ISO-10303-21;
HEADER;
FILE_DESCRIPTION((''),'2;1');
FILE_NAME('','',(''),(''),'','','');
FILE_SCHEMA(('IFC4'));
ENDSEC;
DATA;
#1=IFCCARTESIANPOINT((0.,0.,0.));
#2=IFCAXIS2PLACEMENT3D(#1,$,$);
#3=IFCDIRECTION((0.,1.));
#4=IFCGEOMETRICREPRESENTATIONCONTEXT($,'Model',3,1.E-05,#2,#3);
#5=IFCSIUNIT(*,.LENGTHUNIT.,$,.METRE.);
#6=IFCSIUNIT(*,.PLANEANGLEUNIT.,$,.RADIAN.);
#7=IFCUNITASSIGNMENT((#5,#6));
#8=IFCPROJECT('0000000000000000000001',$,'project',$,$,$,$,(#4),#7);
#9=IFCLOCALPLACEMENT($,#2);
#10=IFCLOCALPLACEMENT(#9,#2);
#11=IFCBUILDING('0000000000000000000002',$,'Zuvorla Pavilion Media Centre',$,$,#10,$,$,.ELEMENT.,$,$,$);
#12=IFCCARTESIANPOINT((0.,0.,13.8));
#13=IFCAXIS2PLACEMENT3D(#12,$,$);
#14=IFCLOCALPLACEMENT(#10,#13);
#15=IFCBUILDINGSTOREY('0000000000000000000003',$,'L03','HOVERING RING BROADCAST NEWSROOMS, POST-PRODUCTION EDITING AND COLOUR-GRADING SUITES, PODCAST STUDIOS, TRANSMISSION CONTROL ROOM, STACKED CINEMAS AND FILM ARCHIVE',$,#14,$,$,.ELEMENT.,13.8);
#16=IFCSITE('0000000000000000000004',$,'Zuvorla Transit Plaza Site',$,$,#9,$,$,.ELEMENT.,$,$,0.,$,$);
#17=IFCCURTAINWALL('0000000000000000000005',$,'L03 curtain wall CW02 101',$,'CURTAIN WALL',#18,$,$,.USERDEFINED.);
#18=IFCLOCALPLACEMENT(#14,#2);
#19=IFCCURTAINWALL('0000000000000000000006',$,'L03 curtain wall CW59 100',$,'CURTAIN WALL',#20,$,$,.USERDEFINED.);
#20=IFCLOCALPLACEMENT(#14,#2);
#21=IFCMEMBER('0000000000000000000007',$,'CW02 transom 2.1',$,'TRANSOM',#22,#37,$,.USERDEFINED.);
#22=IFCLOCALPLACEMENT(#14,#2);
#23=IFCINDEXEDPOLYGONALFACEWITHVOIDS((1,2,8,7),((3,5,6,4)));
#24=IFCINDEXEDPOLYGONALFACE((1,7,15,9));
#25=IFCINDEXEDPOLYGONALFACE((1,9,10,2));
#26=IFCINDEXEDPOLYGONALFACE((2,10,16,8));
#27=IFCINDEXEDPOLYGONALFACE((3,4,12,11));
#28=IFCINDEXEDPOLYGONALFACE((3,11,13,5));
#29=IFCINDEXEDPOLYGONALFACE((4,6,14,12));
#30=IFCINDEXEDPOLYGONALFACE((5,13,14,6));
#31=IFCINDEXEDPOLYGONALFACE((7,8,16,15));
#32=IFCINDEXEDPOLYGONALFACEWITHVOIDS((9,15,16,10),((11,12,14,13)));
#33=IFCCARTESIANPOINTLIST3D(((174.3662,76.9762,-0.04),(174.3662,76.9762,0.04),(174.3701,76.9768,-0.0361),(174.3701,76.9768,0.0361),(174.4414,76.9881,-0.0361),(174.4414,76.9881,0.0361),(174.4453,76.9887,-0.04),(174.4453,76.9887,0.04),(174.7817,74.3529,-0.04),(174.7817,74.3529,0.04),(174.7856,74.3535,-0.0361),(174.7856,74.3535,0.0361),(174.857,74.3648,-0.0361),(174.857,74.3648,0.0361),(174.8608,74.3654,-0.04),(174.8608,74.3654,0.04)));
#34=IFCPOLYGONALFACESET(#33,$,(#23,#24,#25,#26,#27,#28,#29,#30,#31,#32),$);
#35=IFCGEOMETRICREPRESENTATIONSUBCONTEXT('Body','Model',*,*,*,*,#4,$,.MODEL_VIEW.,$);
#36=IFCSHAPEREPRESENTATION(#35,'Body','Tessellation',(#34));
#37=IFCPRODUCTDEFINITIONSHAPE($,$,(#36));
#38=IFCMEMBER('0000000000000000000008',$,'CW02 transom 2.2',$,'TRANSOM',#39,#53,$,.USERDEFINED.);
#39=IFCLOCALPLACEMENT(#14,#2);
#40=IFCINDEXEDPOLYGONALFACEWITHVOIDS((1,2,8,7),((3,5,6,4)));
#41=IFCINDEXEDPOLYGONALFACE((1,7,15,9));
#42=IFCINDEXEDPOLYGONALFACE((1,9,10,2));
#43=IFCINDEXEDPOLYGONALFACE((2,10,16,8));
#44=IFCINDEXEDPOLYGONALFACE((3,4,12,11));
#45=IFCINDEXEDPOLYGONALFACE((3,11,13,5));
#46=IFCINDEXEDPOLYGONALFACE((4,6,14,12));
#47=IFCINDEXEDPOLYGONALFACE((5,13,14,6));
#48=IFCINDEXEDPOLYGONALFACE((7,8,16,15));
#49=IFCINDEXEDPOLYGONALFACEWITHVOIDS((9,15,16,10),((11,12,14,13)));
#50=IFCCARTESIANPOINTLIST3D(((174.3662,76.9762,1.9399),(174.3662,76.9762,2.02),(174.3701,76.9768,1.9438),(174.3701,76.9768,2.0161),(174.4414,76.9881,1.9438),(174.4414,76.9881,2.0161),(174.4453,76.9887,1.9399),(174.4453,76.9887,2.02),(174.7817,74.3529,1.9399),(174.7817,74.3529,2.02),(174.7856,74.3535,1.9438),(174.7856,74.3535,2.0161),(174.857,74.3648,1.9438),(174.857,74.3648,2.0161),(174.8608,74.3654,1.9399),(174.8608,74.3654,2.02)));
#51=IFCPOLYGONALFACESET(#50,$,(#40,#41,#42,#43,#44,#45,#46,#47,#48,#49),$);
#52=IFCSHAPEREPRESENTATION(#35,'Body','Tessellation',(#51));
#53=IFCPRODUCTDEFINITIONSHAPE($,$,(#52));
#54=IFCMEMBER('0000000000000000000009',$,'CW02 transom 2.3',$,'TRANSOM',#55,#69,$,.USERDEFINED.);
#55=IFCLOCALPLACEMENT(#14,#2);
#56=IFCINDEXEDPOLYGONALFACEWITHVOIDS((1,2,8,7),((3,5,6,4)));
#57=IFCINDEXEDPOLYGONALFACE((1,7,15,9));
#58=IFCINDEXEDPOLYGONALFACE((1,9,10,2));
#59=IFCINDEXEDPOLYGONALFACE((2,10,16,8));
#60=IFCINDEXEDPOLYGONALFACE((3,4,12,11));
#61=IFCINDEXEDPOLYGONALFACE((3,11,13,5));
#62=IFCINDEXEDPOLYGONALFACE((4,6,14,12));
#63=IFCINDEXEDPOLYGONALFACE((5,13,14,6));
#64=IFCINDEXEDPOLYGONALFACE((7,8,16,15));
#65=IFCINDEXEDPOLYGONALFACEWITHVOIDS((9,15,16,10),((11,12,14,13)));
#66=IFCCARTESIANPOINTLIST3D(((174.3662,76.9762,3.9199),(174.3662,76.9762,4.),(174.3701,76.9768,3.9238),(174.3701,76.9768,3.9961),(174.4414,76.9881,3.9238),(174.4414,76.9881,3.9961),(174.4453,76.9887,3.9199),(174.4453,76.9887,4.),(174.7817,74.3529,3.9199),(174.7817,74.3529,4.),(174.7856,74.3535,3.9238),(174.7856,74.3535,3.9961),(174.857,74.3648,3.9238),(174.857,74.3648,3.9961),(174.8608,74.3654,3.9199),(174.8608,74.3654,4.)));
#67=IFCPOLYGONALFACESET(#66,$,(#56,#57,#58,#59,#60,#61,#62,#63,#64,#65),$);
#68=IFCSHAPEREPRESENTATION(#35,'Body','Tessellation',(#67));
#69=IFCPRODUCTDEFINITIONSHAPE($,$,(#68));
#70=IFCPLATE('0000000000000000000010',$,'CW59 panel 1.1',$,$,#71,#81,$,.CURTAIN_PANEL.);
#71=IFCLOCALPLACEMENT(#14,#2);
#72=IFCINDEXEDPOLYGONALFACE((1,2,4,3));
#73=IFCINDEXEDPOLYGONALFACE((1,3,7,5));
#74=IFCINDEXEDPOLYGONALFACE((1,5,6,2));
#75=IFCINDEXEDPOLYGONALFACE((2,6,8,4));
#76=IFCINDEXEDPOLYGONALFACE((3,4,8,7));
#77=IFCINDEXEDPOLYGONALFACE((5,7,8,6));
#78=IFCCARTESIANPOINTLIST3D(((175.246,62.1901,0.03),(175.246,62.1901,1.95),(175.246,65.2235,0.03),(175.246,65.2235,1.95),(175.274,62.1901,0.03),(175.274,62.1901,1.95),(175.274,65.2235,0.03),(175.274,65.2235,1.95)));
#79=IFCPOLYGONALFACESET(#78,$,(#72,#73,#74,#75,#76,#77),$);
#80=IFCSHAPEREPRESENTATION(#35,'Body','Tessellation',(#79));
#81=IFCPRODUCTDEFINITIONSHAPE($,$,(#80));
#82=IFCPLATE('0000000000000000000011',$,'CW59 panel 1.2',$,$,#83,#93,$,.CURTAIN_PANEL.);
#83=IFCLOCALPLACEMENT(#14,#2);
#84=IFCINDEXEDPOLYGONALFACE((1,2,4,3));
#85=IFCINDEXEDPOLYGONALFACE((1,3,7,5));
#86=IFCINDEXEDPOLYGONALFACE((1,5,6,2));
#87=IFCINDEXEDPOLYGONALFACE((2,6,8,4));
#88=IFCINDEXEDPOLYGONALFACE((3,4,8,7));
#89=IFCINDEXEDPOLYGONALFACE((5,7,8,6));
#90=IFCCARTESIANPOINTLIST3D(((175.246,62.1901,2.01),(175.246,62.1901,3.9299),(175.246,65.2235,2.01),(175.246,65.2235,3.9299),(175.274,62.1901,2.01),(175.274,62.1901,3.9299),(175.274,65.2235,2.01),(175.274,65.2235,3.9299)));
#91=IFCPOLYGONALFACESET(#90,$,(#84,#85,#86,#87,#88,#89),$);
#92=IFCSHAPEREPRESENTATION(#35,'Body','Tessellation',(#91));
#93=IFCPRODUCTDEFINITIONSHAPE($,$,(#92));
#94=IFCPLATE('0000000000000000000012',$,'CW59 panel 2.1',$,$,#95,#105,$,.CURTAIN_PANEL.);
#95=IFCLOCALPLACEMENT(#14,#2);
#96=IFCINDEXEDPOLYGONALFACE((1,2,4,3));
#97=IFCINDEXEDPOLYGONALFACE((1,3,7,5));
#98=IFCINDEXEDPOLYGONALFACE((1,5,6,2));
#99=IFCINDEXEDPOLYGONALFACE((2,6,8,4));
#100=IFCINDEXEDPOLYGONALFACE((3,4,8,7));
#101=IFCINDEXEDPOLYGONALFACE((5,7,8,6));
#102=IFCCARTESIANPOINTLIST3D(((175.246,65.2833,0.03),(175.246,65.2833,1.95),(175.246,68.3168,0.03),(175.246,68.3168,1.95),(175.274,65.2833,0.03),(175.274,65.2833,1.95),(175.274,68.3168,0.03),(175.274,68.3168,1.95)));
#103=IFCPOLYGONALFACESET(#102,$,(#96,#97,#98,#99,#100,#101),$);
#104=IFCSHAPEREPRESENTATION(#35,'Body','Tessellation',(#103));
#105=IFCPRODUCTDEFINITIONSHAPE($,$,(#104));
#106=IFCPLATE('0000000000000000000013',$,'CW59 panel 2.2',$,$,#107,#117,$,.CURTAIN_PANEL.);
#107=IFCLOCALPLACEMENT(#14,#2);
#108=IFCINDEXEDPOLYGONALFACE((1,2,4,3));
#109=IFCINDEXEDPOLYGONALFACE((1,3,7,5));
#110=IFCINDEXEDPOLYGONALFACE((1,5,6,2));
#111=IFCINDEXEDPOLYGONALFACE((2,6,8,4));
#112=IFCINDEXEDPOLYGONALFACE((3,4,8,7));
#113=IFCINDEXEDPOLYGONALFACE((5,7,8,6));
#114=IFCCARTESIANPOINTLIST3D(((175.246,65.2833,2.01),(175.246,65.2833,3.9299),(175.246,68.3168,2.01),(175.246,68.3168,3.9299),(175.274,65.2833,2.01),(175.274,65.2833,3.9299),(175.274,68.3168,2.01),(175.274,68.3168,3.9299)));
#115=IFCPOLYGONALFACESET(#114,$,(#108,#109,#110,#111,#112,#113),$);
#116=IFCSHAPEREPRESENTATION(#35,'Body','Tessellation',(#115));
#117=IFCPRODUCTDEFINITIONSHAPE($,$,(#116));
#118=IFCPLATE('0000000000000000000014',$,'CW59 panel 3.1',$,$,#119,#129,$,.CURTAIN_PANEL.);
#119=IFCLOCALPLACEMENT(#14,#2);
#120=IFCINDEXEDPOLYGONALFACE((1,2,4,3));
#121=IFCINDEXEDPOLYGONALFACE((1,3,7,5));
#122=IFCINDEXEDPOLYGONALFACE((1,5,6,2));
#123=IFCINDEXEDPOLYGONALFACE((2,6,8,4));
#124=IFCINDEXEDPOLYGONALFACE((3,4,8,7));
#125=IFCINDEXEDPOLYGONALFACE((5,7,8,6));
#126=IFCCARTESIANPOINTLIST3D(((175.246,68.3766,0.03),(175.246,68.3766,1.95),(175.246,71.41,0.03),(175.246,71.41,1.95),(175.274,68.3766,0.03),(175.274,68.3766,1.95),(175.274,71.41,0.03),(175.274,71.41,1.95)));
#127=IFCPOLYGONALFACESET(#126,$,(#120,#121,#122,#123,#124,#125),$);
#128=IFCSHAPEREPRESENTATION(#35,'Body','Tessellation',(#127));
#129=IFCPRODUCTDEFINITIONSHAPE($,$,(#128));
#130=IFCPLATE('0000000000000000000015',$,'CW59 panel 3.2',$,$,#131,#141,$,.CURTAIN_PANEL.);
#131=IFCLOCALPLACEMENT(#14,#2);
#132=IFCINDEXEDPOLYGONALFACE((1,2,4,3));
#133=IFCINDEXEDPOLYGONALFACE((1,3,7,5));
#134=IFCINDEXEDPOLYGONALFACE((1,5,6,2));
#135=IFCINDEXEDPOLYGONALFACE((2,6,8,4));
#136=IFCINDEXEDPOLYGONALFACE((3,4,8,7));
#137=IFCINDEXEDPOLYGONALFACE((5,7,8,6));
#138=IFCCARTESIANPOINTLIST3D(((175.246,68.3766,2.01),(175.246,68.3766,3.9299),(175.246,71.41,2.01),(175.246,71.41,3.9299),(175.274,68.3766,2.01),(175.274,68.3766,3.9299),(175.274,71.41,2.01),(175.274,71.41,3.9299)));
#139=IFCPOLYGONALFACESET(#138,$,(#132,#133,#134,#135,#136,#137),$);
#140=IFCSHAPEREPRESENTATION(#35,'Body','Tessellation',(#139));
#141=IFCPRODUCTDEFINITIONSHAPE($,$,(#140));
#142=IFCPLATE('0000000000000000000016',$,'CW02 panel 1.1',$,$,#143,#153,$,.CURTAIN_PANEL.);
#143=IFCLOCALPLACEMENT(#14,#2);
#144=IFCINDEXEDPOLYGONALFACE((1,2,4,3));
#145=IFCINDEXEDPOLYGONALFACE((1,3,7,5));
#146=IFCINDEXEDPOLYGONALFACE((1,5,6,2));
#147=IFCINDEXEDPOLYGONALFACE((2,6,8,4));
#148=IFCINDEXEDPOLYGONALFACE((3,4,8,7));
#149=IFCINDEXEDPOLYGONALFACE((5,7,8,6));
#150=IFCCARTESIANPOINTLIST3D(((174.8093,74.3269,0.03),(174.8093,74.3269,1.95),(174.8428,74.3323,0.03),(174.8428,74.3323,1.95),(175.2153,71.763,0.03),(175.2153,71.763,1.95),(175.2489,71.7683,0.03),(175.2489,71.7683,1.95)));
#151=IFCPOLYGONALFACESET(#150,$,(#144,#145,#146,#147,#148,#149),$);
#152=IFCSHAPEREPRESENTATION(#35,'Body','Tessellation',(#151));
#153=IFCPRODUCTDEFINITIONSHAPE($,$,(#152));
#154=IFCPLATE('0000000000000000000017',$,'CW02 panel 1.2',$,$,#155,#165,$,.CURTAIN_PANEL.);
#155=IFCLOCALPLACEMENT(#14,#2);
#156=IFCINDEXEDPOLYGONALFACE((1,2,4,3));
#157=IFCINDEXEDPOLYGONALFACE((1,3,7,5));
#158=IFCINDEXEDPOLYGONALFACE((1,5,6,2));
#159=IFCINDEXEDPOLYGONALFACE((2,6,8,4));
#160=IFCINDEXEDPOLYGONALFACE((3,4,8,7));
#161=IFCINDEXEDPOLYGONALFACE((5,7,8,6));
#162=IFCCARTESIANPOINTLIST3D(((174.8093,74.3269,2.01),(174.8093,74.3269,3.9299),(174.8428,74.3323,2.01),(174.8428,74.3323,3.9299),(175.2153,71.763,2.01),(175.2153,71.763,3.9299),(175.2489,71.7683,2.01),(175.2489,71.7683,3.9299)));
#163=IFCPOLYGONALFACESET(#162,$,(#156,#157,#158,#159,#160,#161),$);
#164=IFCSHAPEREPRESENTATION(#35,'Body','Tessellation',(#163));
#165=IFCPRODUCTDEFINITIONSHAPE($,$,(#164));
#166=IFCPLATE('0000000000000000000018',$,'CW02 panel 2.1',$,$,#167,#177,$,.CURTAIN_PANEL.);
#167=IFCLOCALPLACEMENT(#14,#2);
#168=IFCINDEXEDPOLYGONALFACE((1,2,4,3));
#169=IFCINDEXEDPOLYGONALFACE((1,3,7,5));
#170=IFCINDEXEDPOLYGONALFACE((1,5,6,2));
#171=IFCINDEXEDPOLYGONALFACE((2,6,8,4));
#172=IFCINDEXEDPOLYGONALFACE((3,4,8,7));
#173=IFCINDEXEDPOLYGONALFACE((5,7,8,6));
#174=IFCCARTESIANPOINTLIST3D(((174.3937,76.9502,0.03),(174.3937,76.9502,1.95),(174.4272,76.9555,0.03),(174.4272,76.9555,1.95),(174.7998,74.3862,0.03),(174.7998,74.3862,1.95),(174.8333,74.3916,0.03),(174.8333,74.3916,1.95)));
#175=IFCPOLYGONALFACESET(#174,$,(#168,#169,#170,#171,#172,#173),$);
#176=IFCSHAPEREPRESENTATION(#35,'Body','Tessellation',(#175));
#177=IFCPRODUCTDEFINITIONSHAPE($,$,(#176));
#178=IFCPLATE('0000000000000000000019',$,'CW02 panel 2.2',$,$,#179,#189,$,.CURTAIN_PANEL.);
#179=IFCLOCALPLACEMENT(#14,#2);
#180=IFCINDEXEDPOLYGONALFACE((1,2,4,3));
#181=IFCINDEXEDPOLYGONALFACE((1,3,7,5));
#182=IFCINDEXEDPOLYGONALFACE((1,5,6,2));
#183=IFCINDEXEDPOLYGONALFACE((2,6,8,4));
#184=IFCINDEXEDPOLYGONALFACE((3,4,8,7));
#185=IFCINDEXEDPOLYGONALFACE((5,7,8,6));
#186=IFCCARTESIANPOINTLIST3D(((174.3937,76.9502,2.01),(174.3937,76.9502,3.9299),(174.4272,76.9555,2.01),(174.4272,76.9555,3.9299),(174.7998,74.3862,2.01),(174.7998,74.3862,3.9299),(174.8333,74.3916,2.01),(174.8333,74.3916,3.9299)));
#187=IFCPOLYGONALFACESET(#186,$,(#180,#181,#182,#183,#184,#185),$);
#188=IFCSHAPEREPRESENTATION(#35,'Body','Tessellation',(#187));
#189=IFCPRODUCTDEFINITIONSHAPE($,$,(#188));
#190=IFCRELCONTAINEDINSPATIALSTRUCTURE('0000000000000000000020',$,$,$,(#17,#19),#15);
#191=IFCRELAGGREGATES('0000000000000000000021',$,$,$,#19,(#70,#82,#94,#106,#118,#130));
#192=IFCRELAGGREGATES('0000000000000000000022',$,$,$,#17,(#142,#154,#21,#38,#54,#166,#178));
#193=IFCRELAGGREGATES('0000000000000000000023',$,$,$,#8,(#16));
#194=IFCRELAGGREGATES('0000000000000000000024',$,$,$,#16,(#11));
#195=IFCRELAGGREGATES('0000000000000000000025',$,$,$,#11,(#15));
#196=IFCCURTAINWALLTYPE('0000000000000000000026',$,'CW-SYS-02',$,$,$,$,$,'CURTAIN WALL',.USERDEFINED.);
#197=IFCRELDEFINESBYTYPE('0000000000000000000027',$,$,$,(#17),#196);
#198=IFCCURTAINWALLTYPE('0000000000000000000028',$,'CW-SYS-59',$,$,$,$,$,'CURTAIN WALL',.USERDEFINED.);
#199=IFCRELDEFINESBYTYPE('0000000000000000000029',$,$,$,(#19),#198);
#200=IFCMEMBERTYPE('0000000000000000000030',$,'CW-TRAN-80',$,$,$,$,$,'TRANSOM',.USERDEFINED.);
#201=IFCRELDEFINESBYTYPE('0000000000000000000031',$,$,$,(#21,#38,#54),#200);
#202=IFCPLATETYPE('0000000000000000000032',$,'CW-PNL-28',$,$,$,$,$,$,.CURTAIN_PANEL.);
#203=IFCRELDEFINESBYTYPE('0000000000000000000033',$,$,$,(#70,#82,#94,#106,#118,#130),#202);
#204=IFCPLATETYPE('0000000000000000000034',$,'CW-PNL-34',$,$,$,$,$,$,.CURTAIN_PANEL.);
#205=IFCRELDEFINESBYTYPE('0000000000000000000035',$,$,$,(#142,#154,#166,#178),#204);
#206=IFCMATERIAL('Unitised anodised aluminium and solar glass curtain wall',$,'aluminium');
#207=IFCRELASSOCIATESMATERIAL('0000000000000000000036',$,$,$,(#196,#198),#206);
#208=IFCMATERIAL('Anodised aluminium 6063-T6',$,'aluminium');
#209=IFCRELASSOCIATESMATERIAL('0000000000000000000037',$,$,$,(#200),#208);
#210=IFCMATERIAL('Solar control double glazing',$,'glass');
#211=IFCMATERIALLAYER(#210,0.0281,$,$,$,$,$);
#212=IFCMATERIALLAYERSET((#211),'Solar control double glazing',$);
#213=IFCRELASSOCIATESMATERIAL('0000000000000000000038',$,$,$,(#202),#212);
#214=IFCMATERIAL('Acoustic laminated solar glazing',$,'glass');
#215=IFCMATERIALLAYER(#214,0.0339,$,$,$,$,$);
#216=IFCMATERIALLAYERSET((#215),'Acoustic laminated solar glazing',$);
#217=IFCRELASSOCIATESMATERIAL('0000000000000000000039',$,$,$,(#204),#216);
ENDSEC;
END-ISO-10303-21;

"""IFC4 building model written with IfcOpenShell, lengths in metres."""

from ifc_helpers import new_model, si_unit, direction, frame, origin, origin_2d, place, context, subcontext, project, spatial, rectangle, hollow_rectangle, extrude, material, layer, layer_set, material_profile, profile_set, type_object, element, aggregate, save


model = new_model("IFC4")

# Units and contexts
model_context = context("Model", 3, precision=1e-05, world=origin(), true_north=direction((0.0, 1.0)))
body_context = subcontext(model_context, "Body", "Model", "MODEL_VIEW")
ifc_project = project(units=[si_unit("LENGTHUNIT", "METRE"), si_unit("PLANEANGLEUNIT", "RADIAN")], contexts=[model_context])

# Site, building, storey
site_placement = place(None, origin())
site = spatial("IfcSite", under=ifc_project, at=site_placement, Name="Zuvorla Transit Plaza Site", CompositionType="ELEMENT", RefElevation=0.0)
building_placement = place(site_placement, origin())
building = spatial("IfcBuilding", under=site, at=building_placement, Name="Zuvorla Pavilion Media Centre", CompositionType="ELEMENT")
storey_placement = place(building_placement, frame((0.0, 0.0, 13.8)))
storey = spatial("IfcBuildingStorey", under=building, at=storey_placement, Name="L03", Description="HOVERING RING BROADCAST NEWSROOMS, POST-PRODUCTION EDITING AND COLOUR-GRADING SUITES, PODCAST STUDIOS, TRANSMISSION CONTROL ROOM, STACKED CINEMAS AND FILM ARCHIVE", CompositionType="ELEMENT", Elevation=13.8)

# Shared definitions
ifc_material_1 = material(Name="Unitised anodised aluminium and solar glass curtain wall", Category="aluminium")
ifc_material_2 = material(Name="Anodised aluminium 6063-T6", Category="aluminium")

# Curtain walls
curtain_wall_type_1 = type_object("IfcCurtainWallType", Name="CW-SYS-02", ElementType="CURTAIN WALL", PredefinedType="USERDEFINED", material=ifc_material_1)
curtain_wall_1_placement = place(storey_placement, origin())
curtain_wall_1 = element("IfcCurtainWall", 1, at=curtain_wall_1_placement, inside=storey, type_object=curtain_wall_type_1, Name="L03 curtain wall CW02 101", ObjectType="CURTAIN WALL", PredefinedType="USERDEFINED")
curtain_wall_type_2 = type_object("IfcCurtainWallType", Name="CW-SYS-59", ElementType="CURTAIN WALL", PredefinedType="USERDEFINED", material=ifc_material_1)
curtain_wall_2_placement = place(storey_placement, origin())
curtain_wall_2 = element("IfcCurtainWall", 2, at=curtain_wall_2_placement, inside=storey, type_object=curtain_wall_type_2, Name="L03 curtain wall CW59 100", ObjectType="CURTAIN WALL", PredefinedType="USERDEFINED")

# Members
ifc_material_profile_1 = material_profile(ifc_material_2, hollow_rectangle(XDim=0.0801, YDim=0.0801, WallThickness=0.0039, at=origin_2d()), Name="ALU TRAN 80x80")
ifc_profile_set_1 = profile_set([ifc_material_profile_1], Name="Anodised aluminium 6063-T6")
member_type_1 = type_object("IfcMemberType", Name="CW-TRAN-80", ElementType="TRANSOM", PredefinedType="USERDEFINED", material=ifc_profile_set_1)
member_1_placement = place(storey_placement, frame((174.8213, 74.3591, 0.0), z_axis=(-0.156449, 0.987686, 0.0), x_axis=(-0.987686, -0.156449, 0.0)))
member_1 = element("IfcMember", 3, at=member_1_placement, type_object=member_type_1, Name="CW02 transom 2.1", ObjectType="TRANSOM", PredefinedType="USERDEFINED", context=body_context, shape_type="SweptSolid", body=[
    extrude(hollow_rectangle(XDim=0.0801, YDim=0.0801, WallThickness=0.0039, at=origin_2d()), origin(), (0.0, 0.0, 1.0), 2.656),
])
member_2_placement = place(storey_placement, frame((174.8213, 74.3591, 1.98), z_axis=(-0.156449, 0.987686, 0.0), x_axis=(-0.987686, -0.156449, 0.0)))
member_2 = element("IfcMember", 4, at=member_2_placement, type_object=member_type_1, Name="CW02 transom 2.2", ObjectType="TRANSOM", PredefinedType="USERDEFINED", context=body_context, shape_type="SweptSolid", body=[
    extrude(hollow_rectangle(XDim=0.0801, YDim=0.0801, WallThickness=0.0039, at=origin_2d()), origin(), (0.0, 0.0, 1.0), 2.656),
])
member_3_placement = place(storey_placement, frame((174.8213, 74.3591, 3.96), z_axis=(-0.156449, 0.987686, 0.0), x_axis=(-0.987686, -0.156449, 0.0)))
member_3 = element("IfcMember", 5, at=member_3_placement, type_object=member_type_1, Name="CW02 transom 2.3", ObjectType="TRANSOM", PredefinedType="USERDEFINED", context=body_context, shape_type="SweptSolid", body=[
    extrude(hollow_rectangle(XDim=0.0801, YDim=0.0801, WallThickness=0.0039, at=origin_2d()), origin(), (0.0, 0.0, 1.0), 2.656),
])

# Plates
ifc_material_3 = material(Name="Solar control double glazing", Category="glass")
ifc_layer_1 = layer(ifc_material_3, 0.0281)
ifc_layer_set_1 = layer_set([ifc_layer_1], Name="Solar control double glazing")
plate_type_1 = type_object("IfcPlateType", Name="CW-PNL-28", PredefinedType="CURTAIN_PANEL", material=ifc_layer_set_1)
plate_1_placement = place(storey_placement, frame((175.26, 63.7068, 0.03), z_axis=(0.0, 0.0, 1.0), x_axis=(0.0, 1.0, 0.0)))
plate_1 = element("IfcPlate", 6, at=plate_1_placement, type_object=plate_type_1, Name="CW59 panel 1.1", PredefinedType="CURTAIN_PANEL", context=body_context, shape_type="SweptSolid", body=[
    extrude(rectangle(XDim=3.0334, YDim=0.0281, at=origin_2d()), origin(), (0.0, 0.0, 1.0), 1.9199),
])
plate_2_placement = place(storey_placement, frame((175.26, 63.7068, 2.01), z_axis=(0.0, 0.0, 1.0), x_axis=(0.0, 1.0, 0.0)))
plate_2 = element("IfcPlate", 7, at=plate_2_placement, type_object=plate_type_1, Name="CW59 panel 1.2", PredefinedType="CURTAIN_PANEL", context=body_context, shape_type="SweptSolid", body=[
    extrude(rectangle(XDim=3.0334, YDim=0.0281, at=origin_2d()), origin(), (0.0, 0.0, 1.0), 1.9199),
])
plate_3_placement = place(storey_placement, frame((175.26, 66.8, 0.03), z_axis=(0.0, 0.0, 1.0), x_axis=(0.0, 1.0, 0.0)))
plate_3 = element("IfcPlate", 8, at=plate_3_placement, type_object=plate_type_1, Name="CW59 panel 2.1", PredefinedType="CURTAIN_PANEL", context=body_context, shape_type="SweptSolid", body=[
    extrude(rectangle(XDim=3.0334, YDim=0.0281, at=origin_2d()), origin(), (0.0, 0.0, 1.0), 1.9199),
])
plate_4_placement = place(storey_placement, frame((175.26, 66.8, 2.01), z_axis=(0.0, 0.0, 1.0), x_axis=(0.0, 1.0, 0.0)))
plate_4 = element("IfcPlate", 9, at=plate_4_placement, type_object=plate_type_1, Name="CW59 panel 2.2", PredefinedType="CURTAIN_PANEL", context=body_context, shape_type="SweptSolid", body=[
    extrude(rectangle(XDim=3.0334, YDim=0.0281, at=origin_2d()), origin(), (0.0, 0.0, 1.0), 1.9199),
])
plate_5_placement = place(storey_placement, frame((175.26, 69.8933, 0.03), z_axis=(0.0, 0.0, 1.0), x_axis=(0.0, 1.0, 0.0)))
plate_5 = element("IfcPlate", 10, at=plate_5_placement, type_object=plate_type_1, Name="CW59 panel 3.1", PredefinedType="CURTAIN_PANEL", context=body_context, shape_type="SweptSolid", body=[
    extrude(rectangle(XDim=3.0334, YDim=0.0281, at=origin_2d()), origin(), (0.0, 0.0, 1.0), 1.9199),
])
plate_6_placement = place(storey_placement, frame((175.26, 69.8933, 2.01), z_axis=(0.0, 0.0, 1.0), x_axis=(0.0, 1.0, 0.0)))
plate_6 = element("IfcPlate", 11, at=plate_6_placement, type_object=plate_type_1, Name="CW59 panel 3.2", PredefinedType="CURTAIN_PANEL", context=body_context, shape_type="SweptSolid", body=[
    extrude(rectangle(XDim=3.0334, YDim=0.0281, at=origin_2d()), origin(), (0.0, 0.0, 1.0), 1.9199),
])
aggregate(curtain_wall_2, [plate_1, plate_2, plate_3, plate_4, plate_5, plate_6])
ifc_material_4 = material(Name="Acoustic laminated solar glazing", Category="glass")
ifc_layer_2 = layer(ifc_material_4, 0.0339)
ifc_layer_set_2 = layer_set([ifc_layer_2], Name="Acoustic laminated solar glazing")
plate_type_2 = type_object("IfcPlateType", Name="CW-PNL-34", PredefinedType="CURTAIN_PANEL", material=ifc_layer_set_2)
plate_7_placement = place(storey_placement, frame((175.0291, 73.0476, 0.03), z_axis=(0.0, 0.0, 1.0), x_axis=(-0.156429, 0.987689, 0.0)))
plate_7 = element("IfcPlate", 12, at=plate_7_placement, type_object=plate_type_2, Name="CW02 panel 1.1", PredefinedType="CURTAIN_PANEL", context=body_context, shape_type="SweptSolid", body=[
    extrude(rectangle(XDim=2.5959, YDim=0.0339, at=origin_2d()), origin(), (0.0, 0.0, 1.0), 1.9199),
])
plate_8_placement = place(storey_placement, frame((175.0291, 73.0476, 2.01), z_axis=(0.0, 0.0, 1.0), x_axis=(-0.156429, 0.987689, 0.0)))
plate_8 = element("IfcPlate", 13, at=plate_8_placement, type_object=plate_type_2, Name="CW02 panel 1.2", PredefinedType="CURTAIN_PANEL", context=body_context, shape_type="SweptSolid", body=[
    extrude(rectangle(XDim=2.5959, YDim=0.0339, at=origin_2d()), origin(), (0.0, 0.0, 1.0), 1.9199),
])
plate_9_placement = place(storey_placement, frame((174.6135, 75.6709, 0.03), z_axis=(0.0, 0.0, 1.0), x_axis=(-0.156429, 0.987689, 0.0)))
plate_9 = element("IfcPlate", 14, at=plate_9_placement, type_object=plate_type_2, Name="CW02 panel 2.1", PredefinedType="CURTAIN_PANEL", context=body_context, shape_type="SweptSolid", body=[
    extrude(rectangle(XDim=2.5959, YDim=0.0339, at=origin_2d()), origin(), (0.0, 0.0, 1.0), 1.9199),
])
plate_10_placement = place(storey_placement, frame((174.6135, 75.6709, 2.01), z_axis=(0.0, 0.0, 1.0), x_axis=(-0.156429, 0.987689, 0.0)))
plate_10 = element("IfcPlate", 15, at=plate_10_placement, type_object=plate_type_2, Name="CW02 panel 2.2", PredefinedType="CURTAIN_PANEL", context=body_context, shape_type="SweptSolid", body=[
    extrude(rectangle(XDim=2.5959, YDim=0.0339, at=origin_2d()), origin(), (0.0, 0.0, 1.0), 1.9199),
])
aggregate(curtain_wall_1, [plate_7, plate_8, member_1, member_2, member_3, plate_9, plate_10])

save(model, "model.ifc")
